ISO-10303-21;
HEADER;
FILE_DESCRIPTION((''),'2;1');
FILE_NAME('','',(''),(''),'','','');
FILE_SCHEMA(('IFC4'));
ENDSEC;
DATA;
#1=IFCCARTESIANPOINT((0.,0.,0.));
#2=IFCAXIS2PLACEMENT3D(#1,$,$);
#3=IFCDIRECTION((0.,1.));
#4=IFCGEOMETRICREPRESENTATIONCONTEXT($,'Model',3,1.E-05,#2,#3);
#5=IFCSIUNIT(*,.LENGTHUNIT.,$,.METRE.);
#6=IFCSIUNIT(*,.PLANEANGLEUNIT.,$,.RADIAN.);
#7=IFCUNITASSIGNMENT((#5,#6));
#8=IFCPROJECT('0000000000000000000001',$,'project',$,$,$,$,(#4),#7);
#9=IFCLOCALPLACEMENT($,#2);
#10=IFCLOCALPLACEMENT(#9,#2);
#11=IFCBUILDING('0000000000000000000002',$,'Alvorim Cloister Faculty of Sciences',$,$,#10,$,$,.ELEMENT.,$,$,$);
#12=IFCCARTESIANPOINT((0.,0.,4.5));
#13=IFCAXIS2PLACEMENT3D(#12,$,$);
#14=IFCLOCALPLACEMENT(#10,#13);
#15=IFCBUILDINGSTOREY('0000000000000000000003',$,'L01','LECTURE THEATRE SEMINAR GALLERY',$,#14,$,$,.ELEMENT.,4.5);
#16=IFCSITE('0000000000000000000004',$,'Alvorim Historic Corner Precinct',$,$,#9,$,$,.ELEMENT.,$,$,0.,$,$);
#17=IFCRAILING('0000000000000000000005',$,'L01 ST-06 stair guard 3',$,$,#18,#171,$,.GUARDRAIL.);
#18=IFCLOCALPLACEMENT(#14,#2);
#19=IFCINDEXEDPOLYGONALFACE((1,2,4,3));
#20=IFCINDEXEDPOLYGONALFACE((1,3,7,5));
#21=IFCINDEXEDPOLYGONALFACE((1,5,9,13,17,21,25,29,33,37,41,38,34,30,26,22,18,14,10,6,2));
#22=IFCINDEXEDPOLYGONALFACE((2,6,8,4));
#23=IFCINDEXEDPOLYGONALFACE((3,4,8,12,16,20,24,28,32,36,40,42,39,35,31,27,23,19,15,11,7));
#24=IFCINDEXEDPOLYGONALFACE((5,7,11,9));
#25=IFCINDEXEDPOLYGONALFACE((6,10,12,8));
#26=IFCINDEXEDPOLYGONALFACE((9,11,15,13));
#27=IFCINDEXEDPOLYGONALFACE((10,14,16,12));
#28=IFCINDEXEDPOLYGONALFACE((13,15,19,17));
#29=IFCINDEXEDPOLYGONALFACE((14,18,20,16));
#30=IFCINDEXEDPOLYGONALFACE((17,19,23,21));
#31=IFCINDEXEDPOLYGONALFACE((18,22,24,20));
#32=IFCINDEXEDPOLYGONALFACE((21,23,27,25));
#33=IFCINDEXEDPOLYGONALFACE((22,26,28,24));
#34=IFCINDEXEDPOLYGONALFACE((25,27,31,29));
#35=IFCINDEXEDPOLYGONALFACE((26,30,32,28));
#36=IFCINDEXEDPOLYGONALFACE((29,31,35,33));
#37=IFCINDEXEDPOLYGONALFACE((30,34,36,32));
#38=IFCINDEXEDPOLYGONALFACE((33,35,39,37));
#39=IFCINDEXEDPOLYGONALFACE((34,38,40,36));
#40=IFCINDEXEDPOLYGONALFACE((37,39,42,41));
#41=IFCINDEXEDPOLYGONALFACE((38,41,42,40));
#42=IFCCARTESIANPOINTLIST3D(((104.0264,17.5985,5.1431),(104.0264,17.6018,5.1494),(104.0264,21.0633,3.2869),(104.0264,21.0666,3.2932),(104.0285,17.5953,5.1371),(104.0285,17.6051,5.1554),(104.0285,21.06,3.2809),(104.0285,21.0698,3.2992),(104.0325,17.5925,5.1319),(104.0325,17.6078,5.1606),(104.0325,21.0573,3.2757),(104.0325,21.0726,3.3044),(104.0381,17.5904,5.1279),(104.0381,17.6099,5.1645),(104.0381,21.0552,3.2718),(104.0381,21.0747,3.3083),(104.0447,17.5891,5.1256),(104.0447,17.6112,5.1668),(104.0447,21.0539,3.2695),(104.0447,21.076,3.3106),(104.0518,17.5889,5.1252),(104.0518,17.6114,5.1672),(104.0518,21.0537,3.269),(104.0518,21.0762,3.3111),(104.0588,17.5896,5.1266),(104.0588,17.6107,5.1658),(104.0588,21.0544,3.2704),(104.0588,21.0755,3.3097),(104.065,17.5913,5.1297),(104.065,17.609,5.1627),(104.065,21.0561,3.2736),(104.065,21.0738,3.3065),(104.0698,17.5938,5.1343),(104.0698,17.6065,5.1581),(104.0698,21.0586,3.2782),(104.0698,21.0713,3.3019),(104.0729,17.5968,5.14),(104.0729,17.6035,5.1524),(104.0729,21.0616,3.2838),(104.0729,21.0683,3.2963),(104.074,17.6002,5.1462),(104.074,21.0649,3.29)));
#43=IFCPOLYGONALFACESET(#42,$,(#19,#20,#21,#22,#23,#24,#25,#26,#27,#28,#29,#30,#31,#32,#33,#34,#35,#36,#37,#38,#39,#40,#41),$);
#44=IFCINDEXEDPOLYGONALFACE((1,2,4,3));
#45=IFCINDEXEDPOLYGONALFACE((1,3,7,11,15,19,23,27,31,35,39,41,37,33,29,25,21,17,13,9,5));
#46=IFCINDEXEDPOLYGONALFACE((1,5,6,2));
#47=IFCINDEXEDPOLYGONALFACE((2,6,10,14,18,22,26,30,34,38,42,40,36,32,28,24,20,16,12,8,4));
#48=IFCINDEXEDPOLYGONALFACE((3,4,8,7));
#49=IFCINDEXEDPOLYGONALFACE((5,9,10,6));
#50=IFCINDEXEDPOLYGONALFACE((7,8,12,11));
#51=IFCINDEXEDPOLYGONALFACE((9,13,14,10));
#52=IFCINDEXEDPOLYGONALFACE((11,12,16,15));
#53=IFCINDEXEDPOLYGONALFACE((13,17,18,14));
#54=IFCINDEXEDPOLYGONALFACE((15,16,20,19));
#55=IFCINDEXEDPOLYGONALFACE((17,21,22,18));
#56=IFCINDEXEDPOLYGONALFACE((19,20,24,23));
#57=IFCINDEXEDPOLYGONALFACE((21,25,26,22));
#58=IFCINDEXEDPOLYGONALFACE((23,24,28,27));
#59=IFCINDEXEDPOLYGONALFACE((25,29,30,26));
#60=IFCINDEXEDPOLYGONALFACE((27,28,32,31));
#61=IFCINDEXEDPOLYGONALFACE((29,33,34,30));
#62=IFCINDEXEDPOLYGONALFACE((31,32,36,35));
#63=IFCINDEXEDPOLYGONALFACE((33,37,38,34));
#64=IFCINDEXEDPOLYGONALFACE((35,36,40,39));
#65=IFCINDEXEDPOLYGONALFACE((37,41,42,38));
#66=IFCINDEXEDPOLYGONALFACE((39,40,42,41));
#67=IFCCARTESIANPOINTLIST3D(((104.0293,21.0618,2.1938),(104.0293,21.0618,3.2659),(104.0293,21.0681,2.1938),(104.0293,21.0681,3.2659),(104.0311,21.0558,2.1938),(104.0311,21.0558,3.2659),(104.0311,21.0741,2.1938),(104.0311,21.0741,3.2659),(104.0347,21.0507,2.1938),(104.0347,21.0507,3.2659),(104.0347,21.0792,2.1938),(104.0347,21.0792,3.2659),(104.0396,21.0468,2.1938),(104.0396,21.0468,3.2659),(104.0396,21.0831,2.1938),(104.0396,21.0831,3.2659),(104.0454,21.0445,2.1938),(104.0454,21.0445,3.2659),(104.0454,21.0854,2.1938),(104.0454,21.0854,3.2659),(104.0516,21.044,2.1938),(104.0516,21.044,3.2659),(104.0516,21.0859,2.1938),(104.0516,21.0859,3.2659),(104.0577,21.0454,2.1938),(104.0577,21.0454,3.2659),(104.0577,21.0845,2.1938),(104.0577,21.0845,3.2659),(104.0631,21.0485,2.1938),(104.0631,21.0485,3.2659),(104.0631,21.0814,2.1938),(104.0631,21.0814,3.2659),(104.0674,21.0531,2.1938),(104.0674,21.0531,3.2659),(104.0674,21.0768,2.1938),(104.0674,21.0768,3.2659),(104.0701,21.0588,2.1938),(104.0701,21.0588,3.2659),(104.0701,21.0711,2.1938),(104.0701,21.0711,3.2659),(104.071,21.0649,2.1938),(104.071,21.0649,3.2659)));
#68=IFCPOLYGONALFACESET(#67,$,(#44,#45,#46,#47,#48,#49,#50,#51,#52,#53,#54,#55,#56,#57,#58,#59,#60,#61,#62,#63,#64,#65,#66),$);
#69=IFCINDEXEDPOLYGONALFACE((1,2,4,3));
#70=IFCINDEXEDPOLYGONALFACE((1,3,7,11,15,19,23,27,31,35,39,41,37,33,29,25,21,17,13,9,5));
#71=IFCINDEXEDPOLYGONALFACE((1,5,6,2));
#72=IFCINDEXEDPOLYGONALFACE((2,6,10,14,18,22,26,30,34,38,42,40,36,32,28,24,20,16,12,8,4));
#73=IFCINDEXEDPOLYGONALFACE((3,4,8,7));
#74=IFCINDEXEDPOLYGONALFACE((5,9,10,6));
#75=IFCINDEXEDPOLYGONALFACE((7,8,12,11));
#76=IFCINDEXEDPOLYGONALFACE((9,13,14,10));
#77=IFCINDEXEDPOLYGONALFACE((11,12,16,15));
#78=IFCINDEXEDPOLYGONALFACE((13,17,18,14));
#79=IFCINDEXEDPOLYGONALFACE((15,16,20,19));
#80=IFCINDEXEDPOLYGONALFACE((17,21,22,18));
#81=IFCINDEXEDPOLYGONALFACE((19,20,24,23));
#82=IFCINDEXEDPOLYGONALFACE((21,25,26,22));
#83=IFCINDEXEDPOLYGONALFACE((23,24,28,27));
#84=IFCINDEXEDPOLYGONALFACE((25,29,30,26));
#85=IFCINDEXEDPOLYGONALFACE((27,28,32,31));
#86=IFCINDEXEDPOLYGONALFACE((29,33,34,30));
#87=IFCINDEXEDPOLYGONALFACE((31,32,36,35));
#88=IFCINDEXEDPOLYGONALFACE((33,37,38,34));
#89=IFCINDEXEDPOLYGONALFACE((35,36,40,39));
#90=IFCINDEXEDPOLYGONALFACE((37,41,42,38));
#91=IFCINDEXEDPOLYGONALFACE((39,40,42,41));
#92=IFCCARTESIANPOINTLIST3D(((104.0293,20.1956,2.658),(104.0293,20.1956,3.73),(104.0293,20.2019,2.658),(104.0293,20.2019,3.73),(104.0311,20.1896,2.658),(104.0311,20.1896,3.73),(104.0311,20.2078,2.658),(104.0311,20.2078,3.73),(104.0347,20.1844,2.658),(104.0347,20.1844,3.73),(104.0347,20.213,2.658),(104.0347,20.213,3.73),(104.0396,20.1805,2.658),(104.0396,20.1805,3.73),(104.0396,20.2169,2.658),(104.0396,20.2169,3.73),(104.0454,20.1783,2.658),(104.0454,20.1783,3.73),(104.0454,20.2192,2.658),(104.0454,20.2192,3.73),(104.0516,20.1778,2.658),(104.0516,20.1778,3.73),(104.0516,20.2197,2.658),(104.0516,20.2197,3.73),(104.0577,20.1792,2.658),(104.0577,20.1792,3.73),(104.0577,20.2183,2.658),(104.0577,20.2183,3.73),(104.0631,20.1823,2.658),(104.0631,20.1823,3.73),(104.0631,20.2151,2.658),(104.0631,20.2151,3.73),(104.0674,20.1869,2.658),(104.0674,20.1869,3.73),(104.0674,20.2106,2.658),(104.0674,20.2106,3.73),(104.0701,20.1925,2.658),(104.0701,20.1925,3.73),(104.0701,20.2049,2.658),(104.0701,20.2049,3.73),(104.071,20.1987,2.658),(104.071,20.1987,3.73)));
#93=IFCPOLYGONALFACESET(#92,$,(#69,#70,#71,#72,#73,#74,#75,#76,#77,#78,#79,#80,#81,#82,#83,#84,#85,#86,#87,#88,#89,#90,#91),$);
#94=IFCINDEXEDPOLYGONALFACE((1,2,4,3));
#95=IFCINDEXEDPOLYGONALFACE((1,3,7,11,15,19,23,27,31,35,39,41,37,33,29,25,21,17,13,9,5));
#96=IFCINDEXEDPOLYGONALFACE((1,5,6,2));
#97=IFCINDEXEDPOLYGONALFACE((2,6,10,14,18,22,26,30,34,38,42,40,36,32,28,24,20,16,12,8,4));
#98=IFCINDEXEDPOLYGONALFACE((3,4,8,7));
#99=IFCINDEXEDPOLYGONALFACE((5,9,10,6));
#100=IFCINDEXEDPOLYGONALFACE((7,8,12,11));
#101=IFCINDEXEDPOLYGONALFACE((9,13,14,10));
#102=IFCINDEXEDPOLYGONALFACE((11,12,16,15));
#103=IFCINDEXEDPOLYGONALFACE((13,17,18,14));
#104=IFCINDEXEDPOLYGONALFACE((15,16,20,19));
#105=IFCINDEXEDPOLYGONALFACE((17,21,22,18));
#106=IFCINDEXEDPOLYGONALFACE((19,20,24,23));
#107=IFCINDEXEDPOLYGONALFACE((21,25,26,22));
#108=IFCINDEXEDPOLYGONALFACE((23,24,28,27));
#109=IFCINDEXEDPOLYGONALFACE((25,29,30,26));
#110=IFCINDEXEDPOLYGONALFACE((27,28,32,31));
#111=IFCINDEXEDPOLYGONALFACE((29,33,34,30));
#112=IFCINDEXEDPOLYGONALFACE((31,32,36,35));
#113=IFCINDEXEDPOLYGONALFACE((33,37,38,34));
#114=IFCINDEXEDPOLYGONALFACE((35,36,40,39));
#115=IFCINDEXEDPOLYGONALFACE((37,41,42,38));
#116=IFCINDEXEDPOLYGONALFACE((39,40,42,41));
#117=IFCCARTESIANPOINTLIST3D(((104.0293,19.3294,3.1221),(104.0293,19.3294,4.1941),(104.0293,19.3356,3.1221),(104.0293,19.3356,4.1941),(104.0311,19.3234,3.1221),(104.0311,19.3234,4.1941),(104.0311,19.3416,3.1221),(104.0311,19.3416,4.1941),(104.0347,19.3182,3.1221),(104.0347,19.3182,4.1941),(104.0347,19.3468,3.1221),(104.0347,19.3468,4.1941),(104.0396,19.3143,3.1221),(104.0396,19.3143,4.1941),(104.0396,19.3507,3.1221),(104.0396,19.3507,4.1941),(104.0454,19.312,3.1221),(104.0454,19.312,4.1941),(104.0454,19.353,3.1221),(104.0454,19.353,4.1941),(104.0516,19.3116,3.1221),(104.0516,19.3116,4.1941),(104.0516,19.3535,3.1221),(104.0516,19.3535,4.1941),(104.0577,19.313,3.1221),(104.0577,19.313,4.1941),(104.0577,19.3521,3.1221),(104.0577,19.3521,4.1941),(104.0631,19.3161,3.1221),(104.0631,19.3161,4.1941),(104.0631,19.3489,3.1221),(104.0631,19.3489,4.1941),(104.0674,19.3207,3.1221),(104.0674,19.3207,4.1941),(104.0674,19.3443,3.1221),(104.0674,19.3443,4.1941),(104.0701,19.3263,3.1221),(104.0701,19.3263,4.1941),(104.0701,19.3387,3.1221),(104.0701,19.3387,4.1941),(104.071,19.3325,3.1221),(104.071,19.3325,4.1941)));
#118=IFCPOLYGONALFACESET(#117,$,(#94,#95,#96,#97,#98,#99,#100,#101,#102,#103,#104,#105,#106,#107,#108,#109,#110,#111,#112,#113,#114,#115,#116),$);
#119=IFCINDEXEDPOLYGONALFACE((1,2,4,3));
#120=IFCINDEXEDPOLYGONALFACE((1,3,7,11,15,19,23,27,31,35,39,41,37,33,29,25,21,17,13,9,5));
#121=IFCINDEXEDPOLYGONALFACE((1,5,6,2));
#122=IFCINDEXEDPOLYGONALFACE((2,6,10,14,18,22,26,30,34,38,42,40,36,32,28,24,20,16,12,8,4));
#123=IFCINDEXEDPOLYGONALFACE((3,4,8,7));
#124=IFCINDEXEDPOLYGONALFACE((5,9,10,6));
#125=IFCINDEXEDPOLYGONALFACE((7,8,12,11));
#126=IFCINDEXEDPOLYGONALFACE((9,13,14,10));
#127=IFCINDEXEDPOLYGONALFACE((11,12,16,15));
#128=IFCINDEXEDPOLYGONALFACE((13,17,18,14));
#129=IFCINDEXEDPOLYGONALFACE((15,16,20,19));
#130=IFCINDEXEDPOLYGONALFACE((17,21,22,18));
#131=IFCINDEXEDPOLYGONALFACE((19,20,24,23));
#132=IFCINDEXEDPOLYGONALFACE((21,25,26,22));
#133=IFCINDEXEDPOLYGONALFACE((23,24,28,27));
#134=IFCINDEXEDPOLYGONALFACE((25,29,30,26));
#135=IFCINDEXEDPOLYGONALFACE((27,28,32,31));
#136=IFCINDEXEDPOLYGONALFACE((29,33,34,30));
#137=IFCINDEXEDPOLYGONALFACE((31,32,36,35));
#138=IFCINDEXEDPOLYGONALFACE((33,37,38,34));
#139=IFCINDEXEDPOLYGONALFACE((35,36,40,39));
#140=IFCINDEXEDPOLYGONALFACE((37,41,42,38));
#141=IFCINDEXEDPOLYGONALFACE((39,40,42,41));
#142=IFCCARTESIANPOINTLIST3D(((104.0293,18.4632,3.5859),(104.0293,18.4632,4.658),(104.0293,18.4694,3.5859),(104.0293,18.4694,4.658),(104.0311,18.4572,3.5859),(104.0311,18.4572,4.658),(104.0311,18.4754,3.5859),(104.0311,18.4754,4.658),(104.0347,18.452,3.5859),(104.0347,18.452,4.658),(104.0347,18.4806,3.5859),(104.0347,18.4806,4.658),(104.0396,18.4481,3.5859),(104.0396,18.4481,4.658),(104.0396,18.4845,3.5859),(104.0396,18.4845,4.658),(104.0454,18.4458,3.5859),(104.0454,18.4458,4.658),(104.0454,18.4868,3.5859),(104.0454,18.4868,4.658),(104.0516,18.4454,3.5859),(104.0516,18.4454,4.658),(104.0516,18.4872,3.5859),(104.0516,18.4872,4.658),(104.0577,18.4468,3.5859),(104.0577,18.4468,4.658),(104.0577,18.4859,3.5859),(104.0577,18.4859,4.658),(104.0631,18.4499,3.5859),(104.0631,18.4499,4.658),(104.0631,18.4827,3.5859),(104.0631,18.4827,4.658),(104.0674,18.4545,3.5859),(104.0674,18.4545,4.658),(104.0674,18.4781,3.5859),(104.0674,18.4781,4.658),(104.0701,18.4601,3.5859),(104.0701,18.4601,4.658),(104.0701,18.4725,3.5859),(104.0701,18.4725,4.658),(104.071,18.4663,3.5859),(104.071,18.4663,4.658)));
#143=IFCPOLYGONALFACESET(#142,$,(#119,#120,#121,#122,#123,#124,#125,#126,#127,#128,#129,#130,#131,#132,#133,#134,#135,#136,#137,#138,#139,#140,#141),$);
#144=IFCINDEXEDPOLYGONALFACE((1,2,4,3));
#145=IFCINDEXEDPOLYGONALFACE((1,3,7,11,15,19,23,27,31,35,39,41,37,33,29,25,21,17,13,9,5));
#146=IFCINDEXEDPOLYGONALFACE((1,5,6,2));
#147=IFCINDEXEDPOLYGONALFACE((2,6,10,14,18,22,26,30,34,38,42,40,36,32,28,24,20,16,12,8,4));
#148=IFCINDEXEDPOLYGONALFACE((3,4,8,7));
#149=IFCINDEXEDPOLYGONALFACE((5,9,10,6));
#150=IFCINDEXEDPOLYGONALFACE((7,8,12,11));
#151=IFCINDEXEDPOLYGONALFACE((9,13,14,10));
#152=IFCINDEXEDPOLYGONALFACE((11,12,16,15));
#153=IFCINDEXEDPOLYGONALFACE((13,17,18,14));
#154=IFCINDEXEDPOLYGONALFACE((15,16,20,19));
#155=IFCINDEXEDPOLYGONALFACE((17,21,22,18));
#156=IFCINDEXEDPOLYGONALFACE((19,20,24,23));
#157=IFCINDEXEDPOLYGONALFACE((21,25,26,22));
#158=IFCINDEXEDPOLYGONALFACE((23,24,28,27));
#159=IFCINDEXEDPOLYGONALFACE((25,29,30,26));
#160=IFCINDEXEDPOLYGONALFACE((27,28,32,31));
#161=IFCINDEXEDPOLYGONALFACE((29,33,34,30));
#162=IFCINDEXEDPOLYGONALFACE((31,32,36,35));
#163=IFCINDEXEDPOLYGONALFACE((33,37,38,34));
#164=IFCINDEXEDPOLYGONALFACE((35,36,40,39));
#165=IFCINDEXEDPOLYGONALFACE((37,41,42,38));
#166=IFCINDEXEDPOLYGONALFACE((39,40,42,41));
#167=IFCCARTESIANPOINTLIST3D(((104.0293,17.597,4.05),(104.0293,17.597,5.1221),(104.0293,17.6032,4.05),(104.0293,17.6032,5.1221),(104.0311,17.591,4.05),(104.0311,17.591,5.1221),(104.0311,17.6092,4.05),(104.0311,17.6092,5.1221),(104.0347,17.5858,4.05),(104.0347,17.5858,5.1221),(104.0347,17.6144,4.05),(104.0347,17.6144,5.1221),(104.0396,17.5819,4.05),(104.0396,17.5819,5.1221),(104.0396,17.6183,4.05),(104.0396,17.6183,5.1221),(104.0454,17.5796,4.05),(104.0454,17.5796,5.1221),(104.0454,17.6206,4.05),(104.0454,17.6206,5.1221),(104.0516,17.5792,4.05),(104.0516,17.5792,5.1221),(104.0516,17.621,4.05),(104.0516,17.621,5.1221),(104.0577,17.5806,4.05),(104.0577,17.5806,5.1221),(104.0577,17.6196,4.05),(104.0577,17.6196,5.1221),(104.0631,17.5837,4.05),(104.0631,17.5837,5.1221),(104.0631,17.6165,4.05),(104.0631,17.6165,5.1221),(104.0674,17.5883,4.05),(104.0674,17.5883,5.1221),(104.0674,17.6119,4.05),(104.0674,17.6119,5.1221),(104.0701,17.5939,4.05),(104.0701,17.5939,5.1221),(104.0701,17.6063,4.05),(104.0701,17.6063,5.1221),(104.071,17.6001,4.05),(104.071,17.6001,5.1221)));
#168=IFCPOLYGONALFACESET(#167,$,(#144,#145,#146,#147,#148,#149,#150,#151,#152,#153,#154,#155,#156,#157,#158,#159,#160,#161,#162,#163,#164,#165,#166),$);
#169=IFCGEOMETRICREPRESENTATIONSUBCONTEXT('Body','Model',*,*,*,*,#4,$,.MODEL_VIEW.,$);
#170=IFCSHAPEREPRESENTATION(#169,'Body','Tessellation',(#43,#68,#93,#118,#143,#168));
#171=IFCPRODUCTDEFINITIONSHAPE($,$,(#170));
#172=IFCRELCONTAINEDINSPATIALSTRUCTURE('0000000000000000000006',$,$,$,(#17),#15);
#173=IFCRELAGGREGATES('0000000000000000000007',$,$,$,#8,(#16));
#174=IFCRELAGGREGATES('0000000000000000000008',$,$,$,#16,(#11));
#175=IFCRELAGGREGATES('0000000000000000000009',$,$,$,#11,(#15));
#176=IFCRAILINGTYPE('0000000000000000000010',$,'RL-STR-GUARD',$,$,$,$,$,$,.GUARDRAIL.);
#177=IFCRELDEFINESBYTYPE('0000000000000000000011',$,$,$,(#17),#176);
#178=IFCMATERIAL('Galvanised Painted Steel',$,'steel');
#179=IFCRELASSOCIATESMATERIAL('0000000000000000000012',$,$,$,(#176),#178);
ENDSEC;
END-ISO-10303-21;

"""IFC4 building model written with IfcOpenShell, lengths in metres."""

from ifc_helpers import new_model, si_unit, direction, frame, origin, origin_2d, place, context, subcontext, project, spatial, circle, extrude, material, type_object, element, save


model = new_model("IFC4")

# Units and contexts
model_context = context("Model", 3, precision=1e-05, world=origin(), true_north=direction((0.0, 1.0)))
body_context = subcontext(model_context, "Body", "Model", "MODEL_VIEW")
ifc_project = project(units=[si_unit("LENGTHUNIT", "METRE"), si_unit("PLANEANGLEUNIT", "RADIAN")], contexts=[model_context])

# Site, building, storey
site_placement = place(None, origin())
site = spatial("IfcSite", under=ifc_project, at=site_placement, Name="Alvorim Historic Corner Precinct", CompositionType="ELEMENT", RefElevation=0.0)
building_placement = place(site_placement, origin())
building = spatial("IfcBuilding", under=site, at=building_placement, Name="Alvorim Cloister Faculty of Sciences", CompositionType="ELEMENT")
storey_placement = place(building_placement, frame((0.0, 0.0, 4.5)))
storey = spatial("IfcBuildingStorey", under=building, at=storey_placement, Name="L01", Description="LECTURE THEATRE SEMINAR GALLERY", CompositionType="ELEMENT", Elevation=4.5)

# Railing
ifc_material_1 = material(Name="Galvanised Painted Steel", Category="steel")
railing_type_1 = type_object("IfcRailingType", Name="RL-STR-GUARD", PredefinedType="GUARDRAIL", material=ifc_material_1)
railing_1_placement = place(storey_placement, frame((104.05, 21.0649, 2.1938)))
element("IfcRailing", 1, at=railing_1_placement, inside=storey, type_object=railing_type_1, Name="L01 ST-06 stair guard 3", PredefinedType="GUARDRAIL", context=body_context, shape_type="SweptSolid", body=[
    extrude(circle(Radius=0.0239, at=origin_2d()), frame((0.0, 0.0, 1.0962), z_axis=(0.0, -0.881476, 0.472228), x_axis=(1.0, 0.0, 0.0)), (0.0, 0.0, 1.0), 3.9307),
    extrude(circle(Radius=0.021, at=origin_2d()), origin(), (0.0, 0.0, 1.0), 1.072),
    extrude(circle(Radius=0.021, at=origin_2d()), frame((0.0, -0.8662, 0.4641)), (0.0, 0.0, 1.0), 1.072),
    extrude(circle(Radius=0.021, at=origin_2d()), frame((0.0, -1.7324, 0.9282)), (0.0, 0.0, 1.0), 1.072),
    extrude(circle(Radius=0.021, at=origin_2d()), frame((0.0, -2.5986, 1.3921)), (0.0, 0.0, 1.0), 1.072),
    extrude(circle(Radius=0.021, at=origin_2d()), frame((0.0, -3.4648, 1.8562)), (0.0, 0.0, 1.0), 1.072),
])

save(model, "model.ifc")
